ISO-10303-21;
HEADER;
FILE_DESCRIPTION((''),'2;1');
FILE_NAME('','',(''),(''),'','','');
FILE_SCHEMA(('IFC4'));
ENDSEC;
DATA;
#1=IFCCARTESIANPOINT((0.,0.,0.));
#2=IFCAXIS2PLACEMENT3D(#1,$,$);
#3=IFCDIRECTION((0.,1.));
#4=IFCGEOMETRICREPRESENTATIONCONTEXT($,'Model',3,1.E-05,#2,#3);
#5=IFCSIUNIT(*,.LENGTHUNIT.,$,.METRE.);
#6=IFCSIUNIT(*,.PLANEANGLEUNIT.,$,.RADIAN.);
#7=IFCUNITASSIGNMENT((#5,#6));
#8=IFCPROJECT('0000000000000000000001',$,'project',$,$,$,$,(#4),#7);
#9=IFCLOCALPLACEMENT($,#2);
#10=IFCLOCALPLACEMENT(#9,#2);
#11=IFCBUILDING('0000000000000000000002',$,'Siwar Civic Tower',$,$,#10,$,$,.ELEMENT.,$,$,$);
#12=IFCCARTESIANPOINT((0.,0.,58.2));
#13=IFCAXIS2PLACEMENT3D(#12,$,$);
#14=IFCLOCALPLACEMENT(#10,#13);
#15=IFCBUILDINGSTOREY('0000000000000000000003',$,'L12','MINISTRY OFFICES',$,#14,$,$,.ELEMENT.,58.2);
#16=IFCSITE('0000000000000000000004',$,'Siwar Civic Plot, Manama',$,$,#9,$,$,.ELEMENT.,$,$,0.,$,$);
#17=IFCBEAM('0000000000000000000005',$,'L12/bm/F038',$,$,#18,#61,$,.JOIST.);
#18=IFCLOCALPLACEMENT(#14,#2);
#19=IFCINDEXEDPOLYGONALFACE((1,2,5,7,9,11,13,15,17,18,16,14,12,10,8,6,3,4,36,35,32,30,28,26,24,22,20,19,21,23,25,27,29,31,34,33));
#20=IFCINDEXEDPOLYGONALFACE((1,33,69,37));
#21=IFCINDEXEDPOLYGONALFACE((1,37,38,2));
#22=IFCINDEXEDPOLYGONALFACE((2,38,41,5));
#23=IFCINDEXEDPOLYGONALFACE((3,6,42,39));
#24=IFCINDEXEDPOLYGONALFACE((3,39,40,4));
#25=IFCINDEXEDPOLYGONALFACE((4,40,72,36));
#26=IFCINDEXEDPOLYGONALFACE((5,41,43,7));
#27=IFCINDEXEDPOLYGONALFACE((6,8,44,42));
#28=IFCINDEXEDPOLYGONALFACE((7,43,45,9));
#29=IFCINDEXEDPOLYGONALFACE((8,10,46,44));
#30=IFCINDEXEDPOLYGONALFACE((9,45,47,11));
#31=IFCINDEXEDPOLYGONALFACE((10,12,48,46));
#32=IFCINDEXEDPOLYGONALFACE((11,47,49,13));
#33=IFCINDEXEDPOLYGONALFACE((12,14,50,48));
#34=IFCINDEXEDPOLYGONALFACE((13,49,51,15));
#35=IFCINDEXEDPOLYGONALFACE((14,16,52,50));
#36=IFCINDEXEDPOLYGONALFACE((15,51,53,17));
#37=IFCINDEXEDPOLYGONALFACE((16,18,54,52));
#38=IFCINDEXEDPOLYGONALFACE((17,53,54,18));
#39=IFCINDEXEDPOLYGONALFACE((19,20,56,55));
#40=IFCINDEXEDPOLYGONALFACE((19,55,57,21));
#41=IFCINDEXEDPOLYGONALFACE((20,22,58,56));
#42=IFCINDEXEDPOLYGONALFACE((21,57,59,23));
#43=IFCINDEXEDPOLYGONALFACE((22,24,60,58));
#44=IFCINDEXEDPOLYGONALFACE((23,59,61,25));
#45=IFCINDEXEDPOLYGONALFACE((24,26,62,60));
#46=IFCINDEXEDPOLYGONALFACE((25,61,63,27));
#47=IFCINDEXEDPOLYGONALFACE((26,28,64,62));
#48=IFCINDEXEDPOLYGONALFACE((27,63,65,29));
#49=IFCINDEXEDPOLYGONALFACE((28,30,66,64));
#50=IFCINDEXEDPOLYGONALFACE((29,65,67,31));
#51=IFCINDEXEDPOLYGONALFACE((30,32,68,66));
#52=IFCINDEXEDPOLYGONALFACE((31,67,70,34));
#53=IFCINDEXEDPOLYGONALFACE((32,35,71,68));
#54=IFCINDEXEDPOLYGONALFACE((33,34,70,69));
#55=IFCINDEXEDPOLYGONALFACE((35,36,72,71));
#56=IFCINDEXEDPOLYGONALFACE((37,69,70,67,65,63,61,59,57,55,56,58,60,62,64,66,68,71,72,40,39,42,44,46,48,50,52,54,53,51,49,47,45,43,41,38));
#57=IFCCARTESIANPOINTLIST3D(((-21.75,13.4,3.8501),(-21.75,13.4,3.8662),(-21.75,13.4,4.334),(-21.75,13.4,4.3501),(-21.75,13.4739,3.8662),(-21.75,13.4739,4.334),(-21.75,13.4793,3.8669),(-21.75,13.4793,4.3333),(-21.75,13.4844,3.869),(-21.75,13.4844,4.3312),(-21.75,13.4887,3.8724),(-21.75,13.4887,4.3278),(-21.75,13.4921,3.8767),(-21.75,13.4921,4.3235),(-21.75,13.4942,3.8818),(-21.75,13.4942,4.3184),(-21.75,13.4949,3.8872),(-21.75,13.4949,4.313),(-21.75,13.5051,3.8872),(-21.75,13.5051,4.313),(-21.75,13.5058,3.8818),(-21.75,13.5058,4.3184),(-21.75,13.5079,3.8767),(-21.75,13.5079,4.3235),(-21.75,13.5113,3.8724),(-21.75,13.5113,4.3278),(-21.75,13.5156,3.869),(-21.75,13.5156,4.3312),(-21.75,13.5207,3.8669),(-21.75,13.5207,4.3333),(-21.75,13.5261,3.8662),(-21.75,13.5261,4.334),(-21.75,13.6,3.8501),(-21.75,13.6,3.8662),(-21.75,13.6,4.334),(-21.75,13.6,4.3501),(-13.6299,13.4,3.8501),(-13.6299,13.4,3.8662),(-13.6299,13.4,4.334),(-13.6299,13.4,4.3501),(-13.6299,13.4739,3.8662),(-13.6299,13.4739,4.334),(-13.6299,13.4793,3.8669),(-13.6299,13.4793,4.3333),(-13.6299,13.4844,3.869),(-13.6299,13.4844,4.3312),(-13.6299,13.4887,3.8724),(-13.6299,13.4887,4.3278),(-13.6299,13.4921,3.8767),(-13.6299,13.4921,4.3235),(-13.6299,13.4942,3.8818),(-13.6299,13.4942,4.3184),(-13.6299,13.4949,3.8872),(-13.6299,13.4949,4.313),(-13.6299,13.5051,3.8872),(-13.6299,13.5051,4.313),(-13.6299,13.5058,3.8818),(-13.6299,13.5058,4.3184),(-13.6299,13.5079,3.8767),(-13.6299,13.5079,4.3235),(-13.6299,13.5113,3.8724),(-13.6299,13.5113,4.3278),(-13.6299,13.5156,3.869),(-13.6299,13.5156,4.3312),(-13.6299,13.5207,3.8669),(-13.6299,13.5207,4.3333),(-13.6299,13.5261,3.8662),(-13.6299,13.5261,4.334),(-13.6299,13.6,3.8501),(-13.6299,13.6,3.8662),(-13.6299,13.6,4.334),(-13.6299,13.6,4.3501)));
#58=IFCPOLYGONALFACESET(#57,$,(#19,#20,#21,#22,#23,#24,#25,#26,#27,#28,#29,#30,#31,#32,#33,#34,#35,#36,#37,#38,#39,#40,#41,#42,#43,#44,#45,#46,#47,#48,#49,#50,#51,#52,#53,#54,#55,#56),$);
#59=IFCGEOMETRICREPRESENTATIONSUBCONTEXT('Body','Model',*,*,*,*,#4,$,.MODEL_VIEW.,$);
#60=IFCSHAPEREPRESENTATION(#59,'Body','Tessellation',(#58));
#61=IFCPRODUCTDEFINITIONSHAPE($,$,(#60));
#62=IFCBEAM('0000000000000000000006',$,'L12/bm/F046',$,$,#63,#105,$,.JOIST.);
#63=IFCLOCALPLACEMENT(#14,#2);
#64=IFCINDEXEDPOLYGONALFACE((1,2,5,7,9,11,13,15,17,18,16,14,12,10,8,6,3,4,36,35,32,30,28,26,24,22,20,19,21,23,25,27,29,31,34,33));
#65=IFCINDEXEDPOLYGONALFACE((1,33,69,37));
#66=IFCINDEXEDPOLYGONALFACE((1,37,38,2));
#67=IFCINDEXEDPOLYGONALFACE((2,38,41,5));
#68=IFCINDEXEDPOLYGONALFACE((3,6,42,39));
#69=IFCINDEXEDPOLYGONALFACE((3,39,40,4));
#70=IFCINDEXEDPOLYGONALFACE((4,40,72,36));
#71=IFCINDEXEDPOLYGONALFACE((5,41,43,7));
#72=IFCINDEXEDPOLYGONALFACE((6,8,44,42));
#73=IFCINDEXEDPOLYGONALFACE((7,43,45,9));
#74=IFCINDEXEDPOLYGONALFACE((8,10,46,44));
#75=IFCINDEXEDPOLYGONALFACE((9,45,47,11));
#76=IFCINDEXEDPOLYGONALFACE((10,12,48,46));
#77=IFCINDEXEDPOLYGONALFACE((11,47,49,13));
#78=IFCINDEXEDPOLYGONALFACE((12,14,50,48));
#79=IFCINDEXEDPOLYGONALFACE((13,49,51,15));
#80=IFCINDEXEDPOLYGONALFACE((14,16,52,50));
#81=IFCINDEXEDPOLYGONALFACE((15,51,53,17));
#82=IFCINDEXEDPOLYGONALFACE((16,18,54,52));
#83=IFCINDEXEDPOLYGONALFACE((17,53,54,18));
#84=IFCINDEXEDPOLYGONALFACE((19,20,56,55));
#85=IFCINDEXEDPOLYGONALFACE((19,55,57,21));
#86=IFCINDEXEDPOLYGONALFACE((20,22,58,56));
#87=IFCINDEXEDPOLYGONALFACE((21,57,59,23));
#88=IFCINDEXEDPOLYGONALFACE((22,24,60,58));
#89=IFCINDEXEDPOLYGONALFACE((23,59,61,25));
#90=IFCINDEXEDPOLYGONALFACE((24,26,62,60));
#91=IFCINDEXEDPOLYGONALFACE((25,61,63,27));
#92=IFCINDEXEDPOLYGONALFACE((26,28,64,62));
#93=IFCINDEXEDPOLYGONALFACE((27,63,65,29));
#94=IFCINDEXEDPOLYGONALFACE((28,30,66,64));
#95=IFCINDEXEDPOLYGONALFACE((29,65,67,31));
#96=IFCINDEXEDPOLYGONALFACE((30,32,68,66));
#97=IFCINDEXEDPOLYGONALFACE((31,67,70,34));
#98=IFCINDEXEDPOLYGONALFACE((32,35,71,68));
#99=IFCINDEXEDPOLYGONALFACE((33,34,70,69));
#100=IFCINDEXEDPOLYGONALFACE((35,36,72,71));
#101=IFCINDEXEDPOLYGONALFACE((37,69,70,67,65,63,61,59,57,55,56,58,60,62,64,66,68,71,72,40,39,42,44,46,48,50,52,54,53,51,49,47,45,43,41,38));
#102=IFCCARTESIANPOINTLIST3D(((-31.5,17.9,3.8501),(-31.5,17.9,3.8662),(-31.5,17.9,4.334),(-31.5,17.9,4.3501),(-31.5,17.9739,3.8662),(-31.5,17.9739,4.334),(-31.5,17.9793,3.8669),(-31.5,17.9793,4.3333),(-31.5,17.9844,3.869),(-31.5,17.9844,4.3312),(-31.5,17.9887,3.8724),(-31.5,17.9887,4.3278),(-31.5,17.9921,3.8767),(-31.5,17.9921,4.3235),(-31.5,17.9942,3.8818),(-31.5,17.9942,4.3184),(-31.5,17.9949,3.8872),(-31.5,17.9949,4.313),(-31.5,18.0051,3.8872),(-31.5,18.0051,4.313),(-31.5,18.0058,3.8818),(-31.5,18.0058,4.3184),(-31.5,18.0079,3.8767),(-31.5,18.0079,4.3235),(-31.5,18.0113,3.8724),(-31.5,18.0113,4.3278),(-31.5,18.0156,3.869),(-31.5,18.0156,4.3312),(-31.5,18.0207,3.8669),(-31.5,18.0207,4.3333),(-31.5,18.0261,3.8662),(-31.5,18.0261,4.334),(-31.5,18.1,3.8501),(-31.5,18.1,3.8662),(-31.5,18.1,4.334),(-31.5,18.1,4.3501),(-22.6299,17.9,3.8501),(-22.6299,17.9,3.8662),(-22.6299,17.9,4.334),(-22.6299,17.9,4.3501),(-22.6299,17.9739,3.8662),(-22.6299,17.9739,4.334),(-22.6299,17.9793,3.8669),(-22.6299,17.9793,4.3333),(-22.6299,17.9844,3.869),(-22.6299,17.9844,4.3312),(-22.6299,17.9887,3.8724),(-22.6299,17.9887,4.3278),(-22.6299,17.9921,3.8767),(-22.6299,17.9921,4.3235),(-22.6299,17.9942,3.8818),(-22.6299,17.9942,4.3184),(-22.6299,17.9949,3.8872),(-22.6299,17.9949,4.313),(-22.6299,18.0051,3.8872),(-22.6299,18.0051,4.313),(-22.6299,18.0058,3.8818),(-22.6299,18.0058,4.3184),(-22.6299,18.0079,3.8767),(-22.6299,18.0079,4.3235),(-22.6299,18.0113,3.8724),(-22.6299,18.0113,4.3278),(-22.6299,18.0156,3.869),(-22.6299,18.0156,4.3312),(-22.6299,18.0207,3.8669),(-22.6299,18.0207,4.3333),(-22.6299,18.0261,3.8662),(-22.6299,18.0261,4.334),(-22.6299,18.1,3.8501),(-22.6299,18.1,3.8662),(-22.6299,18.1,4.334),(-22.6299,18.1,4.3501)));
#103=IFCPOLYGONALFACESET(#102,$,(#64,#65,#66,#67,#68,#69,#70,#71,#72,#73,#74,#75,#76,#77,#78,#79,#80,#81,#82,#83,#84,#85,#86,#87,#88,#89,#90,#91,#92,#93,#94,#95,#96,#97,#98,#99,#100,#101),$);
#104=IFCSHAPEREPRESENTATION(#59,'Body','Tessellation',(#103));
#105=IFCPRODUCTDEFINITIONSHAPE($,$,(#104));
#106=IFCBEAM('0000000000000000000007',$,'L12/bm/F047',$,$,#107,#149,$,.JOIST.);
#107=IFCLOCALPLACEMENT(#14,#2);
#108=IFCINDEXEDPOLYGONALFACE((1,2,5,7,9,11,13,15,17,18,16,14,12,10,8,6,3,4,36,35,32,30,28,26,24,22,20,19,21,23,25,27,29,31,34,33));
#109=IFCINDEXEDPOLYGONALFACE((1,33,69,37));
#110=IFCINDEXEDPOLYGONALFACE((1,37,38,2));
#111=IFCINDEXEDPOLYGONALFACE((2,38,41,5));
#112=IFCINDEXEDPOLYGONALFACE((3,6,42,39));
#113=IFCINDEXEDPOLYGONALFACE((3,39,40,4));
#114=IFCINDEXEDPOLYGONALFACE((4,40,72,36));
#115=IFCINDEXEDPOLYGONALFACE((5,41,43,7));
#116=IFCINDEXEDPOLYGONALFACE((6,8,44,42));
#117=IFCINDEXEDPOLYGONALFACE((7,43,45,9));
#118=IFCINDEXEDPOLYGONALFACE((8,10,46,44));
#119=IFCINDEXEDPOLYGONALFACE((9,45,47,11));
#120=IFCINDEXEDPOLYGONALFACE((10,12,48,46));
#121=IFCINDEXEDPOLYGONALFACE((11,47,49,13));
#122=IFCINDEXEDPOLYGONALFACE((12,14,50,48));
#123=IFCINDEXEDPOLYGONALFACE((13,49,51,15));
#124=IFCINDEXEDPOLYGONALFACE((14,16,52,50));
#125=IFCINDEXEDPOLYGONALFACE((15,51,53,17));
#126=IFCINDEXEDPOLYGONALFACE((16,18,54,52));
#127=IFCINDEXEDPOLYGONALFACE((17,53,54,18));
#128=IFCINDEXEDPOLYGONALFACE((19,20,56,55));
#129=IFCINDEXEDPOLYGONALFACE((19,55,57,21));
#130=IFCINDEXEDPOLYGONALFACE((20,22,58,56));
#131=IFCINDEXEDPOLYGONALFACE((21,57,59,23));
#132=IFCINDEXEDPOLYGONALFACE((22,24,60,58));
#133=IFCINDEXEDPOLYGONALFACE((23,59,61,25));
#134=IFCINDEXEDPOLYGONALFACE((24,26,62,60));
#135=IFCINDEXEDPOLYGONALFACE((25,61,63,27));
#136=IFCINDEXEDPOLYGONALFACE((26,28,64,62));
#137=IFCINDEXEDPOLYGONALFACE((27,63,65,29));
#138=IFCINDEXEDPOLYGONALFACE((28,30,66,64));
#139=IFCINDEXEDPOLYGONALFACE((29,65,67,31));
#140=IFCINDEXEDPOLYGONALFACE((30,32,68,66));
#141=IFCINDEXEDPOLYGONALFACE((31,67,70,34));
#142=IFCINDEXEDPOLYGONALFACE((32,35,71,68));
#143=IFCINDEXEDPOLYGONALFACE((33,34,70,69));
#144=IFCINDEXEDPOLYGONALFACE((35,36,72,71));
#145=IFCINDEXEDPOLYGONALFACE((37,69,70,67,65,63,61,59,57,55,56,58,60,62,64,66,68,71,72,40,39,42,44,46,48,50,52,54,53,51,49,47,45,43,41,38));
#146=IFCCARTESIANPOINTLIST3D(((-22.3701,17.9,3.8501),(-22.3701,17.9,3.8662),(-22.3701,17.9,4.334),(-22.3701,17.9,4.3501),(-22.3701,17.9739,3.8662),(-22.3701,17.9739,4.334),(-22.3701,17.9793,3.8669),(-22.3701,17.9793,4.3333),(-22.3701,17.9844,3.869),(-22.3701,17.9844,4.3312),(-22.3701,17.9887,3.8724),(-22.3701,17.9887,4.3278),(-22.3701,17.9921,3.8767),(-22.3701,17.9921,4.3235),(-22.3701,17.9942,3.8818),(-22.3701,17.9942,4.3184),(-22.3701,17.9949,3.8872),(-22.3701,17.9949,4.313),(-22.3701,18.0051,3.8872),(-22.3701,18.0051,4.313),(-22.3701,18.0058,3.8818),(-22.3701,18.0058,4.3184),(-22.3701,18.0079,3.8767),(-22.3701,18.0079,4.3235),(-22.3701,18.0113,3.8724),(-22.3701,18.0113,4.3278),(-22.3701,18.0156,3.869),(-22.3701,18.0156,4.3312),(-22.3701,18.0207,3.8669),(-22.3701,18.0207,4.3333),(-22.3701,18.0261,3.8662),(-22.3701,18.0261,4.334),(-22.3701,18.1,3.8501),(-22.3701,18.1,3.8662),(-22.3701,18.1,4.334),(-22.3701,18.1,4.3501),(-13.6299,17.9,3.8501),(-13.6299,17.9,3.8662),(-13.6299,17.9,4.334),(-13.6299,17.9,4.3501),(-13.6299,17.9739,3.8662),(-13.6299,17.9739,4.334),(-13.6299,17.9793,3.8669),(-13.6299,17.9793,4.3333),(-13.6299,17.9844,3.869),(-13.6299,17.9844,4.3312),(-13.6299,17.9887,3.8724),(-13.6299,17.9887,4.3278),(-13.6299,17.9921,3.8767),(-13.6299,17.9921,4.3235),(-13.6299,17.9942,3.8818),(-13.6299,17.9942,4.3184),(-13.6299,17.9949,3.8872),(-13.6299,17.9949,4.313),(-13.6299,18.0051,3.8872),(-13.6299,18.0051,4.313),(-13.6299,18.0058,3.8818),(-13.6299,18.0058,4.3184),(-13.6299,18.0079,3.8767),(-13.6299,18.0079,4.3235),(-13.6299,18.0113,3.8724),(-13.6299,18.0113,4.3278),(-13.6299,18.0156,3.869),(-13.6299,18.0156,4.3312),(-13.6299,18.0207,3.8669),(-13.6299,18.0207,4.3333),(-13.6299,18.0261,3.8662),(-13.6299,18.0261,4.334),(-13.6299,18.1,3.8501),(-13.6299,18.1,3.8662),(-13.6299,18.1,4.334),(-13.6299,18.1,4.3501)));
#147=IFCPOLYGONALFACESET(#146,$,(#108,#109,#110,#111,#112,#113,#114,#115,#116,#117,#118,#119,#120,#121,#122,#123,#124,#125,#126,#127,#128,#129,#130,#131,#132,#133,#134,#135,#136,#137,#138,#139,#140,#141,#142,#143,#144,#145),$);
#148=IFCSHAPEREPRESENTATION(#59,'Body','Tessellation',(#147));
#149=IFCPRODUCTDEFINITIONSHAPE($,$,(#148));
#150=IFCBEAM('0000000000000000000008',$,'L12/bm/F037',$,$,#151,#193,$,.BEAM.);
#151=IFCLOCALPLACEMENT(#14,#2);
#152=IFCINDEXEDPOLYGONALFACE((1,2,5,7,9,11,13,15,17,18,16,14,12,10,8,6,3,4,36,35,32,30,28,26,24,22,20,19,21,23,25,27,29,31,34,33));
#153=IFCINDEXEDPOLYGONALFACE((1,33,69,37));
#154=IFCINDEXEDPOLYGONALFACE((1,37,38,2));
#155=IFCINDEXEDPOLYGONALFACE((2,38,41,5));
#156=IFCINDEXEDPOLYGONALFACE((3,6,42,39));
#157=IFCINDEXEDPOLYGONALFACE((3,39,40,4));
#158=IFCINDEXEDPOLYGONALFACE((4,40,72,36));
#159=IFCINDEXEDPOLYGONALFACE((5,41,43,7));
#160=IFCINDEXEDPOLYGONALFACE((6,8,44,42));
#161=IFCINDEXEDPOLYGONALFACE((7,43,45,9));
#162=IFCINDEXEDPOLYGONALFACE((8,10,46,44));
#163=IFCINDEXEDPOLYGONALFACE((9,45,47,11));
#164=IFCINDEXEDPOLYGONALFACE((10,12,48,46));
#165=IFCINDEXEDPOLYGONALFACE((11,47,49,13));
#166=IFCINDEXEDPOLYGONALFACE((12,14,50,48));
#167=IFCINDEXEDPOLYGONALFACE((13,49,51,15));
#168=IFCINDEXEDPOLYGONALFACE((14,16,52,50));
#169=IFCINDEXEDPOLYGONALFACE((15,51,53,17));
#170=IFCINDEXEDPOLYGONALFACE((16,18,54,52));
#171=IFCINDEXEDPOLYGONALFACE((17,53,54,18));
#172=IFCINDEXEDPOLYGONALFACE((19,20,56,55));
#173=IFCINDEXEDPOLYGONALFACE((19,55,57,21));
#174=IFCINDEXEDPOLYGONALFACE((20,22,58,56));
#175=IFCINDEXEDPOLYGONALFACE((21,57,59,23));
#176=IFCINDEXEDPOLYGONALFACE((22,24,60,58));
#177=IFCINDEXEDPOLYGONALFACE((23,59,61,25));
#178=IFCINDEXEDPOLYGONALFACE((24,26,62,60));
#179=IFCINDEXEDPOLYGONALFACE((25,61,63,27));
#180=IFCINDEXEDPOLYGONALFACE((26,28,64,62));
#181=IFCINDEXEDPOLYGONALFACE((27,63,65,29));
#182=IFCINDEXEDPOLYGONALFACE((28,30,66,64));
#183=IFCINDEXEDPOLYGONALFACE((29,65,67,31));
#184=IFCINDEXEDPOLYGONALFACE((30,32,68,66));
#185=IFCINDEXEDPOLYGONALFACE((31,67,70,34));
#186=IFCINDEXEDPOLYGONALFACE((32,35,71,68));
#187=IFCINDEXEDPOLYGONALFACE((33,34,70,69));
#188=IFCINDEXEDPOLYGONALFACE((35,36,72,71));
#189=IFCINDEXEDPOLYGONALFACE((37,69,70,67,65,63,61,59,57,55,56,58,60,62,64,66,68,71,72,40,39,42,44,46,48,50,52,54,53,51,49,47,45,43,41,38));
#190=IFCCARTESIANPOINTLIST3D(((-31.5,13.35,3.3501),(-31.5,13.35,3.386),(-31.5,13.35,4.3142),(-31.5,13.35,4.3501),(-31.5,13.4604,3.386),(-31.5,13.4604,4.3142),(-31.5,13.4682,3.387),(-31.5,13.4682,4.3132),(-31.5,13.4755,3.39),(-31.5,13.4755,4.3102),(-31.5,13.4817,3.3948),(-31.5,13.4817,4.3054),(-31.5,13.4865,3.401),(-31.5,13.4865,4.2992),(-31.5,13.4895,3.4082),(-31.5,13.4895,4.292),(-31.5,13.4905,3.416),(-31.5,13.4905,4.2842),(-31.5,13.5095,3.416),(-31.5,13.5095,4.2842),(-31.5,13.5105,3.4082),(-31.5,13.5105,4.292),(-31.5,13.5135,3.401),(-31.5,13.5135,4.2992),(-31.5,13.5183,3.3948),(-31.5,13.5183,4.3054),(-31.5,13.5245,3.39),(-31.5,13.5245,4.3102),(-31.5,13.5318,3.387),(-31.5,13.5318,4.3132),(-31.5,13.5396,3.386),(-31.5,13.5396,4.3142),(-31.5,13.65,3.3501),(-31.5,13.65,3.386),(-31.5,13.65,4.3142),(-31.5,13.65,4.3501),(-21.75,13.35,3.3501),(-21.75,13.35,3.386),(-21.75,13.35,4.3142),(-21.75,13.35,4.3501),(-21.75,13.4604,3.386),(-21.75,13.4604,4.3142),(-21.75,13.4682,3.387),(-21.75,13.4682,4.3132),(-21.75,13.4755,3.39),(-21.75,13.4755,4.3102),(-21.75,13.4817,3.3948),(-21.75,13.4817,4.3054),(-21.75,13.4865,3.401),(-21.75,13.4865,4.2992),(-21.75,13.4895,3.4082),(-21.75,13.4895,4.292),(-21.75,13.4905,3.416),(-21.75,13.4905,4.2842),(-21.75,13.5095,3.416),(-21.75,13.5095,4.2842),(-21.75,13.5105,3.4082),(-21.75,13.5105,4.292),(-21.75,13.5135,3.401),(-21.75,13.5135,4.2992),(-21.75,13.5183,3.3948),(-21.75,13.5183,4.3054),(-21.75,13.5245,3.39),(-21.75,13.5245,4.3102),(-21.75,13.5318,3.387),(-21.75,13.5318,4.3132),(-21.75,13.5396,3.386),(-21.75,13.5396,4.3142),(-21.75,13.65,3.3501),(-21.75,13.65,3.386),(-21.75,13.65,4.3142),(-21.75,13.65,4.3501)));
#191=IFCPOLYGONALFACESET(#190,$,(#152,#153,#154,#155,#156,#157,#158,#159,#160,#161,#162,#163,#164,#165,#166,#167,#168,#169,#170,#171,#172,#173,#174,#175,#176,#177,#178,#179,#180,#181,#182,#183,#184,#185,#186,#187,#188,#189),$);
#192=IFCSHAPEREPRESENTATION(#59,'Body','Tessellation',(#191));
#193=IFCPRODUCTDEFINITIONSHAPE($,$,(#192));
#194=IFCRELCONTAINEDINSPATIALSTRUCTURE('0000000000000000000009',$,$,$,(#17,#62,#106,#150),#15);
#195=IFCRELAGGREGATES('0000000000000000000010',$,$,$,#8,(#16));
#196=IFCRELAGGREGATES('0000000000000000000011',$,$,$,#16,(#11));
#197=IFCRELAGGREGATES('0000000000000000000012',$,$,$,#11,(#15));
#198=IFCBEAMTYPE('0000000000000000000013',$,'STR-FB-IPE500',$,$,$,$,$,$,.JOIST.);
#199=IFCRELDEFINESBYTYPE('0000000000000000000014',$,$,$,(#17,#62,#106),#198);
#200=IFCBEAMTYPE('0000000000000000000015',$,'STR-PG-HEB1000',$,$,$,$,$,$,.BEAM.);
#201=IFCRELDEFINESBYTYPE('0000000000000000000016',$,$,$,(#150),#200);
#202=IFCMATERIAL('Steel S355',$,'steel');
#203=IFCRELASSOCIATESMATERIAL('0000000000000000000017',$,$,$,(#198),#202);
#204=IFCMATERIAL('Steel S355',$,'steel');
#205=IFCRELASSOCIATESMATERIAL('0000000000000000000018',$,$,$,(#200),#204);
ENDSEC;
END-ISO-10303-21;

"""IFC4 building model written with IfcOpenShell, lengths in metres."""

from ifc_helpers import new_model, si_unit, direction, frame, origin, origin_2d, place, context, subcontext, project, spatial, i_section, extrude, material, material_profile, profile_set, type_object, element, save


model = new_model("IFC4")

# Units and contexts
model_context = context("Model", 3, precision=1e-05, world=origin(), true_north=direction((0.0, 1.0)))
body_context = subcontext(model_context, "Body", "Model", "MODEL_VIEW")
ifc_project = project(units=[si_unit("LENGTHUNIT", "METRE"), si_unit("PLANEANGLEUNIT", "RADIAN")], contexts=[model_context])

# Site, building, storey
site_placement = place(None, origin())
site = spatial("IfcSite", under=ifc_project, at=site_placement, Name="Siwar Civic Plot, Manama", CompositionType="ELEMENT", RefElevation=0.0)
building_placement = place(site_placement, origin())
building = spatial("IfcBuilding", under=site, at=building_placement, Name="Siwar Civic Tower", CompositionType="ELEMENT")
storey_placement = place(building_placement, frame((0.0, 0.0, 58.2)))
storey = spatial("IfcBuildingStorey", under=building, at=storey_placement, Name="L12", Description="MINISTRY OFFICES", CompositionType="ELEMENT", Elevation=58.2)

# Beams
ifc_material_1 = material(Name="Steel S355", Category="steel")
ifc_material_profile_1 = material_profile(ifc_material_1, i_section(OverallWidth=0.2, OverallDepth=0.5, WebThickness=0.0103, FlangeThickness=0.0161, FilletRadius=0.021, at=origin_2d()), Name="IPE500")
ifc_profile_set_1 = profile_set([ifc_material_profile_1], Name="Steel S355")
beam_type_1 = type_object("IfcBeamType", Name="STR-FB-IPE500", PredefinedType="JOIST", material=ifc_profile_set_1)
beam_1_placement = place(storey_placement, frame((-21.75, 13.5, 4.1001), z_axis=(1.0, 0.0, 0.0), x_axis=(0.0, 1.0, 0.0)))
element("IfcBeam", 1, at=beam_1_placement, inside=storey, type_object=beam_type_1, Name="L12/bm/F038", PredefinedType="JOIST", context=body_context, shape_type="SweptSolid", body=[
    extrude(i_section(OverallWidth=0.2, OverallDepth=0.5, WebThickness=0.0103, FlangeThickness=0.0161, FilletRadius=0.021, at=origin_2d()), origin(), (0.0, 0.0, 1.0), 8.1201),
])
beam_2_placement = place(storey_placement, frame((-31.5, 18.0, 4.1001), z_axis=(1.0, 0.0, 0.0), x_axis=(0.0, 1.0, 0.0)))
element("IfcBeam", 2, at=beam_2_placement, inside=storey, type_object=beam_type_1, Name="L12/bm/F046", PredefinedType="JOIST", context=body_context, shape_type="SweptSolid", body=[
    extrude(i_section(OverallWidth=0.2, OverallDepth=0.5, WebThickness=0.0103, FlangeThickness=0.0161, FilletRadius=0.021, at=origin_2d()), origin(), (0.0, 0.0, 1.0), 8.8701),
])
beam_3_placement = place(storey_placement, frame((-22.3701, 18.0, 4.1001), z_axis=(1.0, 0.0, 0.0), x_axis=(0.0, 1.0, 0.0)))
element("IfcBeam", 3, at=beam_3_placement, inside=storey, type_object=beam_type_1, Name="L12/bm/F047", PredefinedType="JOIST", context=body_context, shape_type="SweptSolid", body=[
    extrude(i_section(OverallWidth=0.2, OverallDepth=0.5, WebThickness=0.0103, FlangeThickness=0.0161, FilletRadius=0.021, at=origin_2d()), origin(), (0.0, 0.0, 1.0), 8.7402),
])
ifc_material_2 = material(Name="Steel S355", Category="steel")
ifc_material_profile_2 = material_profile(ifc_material_2, i_section(OverallWidth=0.3, OverallDepth=1.0, WebThickness=0.019, FlangeThickness=0.0359, FilletRadius=0.03, at=origin_2d()), Name="HEB1000")
ifc_profile_set_2 = profile_set([ifc_material_profile_2], Name="Steel S355")
beam_type_2 = type_object("IfcBeamType", Name="STR-PG-HEB1000", PredefinedType="BEAM", material=ifc_profile_set_2)
beam_4_placement = place(storey_placement, frame((-31.5, 13.5, 3.8501), z_axis=(1.0, 0.0, 0.0), x_axis=(0.0, 1.0, 0.0)))
element("IfcBeam", 4, at=beam_4_placement, inside=storey, type_object=beam_type_2, Name="L12/bm/F037", PredefinedType="BEAM", context=body_context, shape_type="SweptSolid", body=[
    extrude(i_section(OverallWidth=0.3, OverallDepth=1.0, WebThickness=0.019, FlangeThickness=0.0359, FilletRadius=0.03, at=origin_2d()), origin(), (0.0, 0.0, 1.0), 9.75),
])

save(model, "model.ifc")
